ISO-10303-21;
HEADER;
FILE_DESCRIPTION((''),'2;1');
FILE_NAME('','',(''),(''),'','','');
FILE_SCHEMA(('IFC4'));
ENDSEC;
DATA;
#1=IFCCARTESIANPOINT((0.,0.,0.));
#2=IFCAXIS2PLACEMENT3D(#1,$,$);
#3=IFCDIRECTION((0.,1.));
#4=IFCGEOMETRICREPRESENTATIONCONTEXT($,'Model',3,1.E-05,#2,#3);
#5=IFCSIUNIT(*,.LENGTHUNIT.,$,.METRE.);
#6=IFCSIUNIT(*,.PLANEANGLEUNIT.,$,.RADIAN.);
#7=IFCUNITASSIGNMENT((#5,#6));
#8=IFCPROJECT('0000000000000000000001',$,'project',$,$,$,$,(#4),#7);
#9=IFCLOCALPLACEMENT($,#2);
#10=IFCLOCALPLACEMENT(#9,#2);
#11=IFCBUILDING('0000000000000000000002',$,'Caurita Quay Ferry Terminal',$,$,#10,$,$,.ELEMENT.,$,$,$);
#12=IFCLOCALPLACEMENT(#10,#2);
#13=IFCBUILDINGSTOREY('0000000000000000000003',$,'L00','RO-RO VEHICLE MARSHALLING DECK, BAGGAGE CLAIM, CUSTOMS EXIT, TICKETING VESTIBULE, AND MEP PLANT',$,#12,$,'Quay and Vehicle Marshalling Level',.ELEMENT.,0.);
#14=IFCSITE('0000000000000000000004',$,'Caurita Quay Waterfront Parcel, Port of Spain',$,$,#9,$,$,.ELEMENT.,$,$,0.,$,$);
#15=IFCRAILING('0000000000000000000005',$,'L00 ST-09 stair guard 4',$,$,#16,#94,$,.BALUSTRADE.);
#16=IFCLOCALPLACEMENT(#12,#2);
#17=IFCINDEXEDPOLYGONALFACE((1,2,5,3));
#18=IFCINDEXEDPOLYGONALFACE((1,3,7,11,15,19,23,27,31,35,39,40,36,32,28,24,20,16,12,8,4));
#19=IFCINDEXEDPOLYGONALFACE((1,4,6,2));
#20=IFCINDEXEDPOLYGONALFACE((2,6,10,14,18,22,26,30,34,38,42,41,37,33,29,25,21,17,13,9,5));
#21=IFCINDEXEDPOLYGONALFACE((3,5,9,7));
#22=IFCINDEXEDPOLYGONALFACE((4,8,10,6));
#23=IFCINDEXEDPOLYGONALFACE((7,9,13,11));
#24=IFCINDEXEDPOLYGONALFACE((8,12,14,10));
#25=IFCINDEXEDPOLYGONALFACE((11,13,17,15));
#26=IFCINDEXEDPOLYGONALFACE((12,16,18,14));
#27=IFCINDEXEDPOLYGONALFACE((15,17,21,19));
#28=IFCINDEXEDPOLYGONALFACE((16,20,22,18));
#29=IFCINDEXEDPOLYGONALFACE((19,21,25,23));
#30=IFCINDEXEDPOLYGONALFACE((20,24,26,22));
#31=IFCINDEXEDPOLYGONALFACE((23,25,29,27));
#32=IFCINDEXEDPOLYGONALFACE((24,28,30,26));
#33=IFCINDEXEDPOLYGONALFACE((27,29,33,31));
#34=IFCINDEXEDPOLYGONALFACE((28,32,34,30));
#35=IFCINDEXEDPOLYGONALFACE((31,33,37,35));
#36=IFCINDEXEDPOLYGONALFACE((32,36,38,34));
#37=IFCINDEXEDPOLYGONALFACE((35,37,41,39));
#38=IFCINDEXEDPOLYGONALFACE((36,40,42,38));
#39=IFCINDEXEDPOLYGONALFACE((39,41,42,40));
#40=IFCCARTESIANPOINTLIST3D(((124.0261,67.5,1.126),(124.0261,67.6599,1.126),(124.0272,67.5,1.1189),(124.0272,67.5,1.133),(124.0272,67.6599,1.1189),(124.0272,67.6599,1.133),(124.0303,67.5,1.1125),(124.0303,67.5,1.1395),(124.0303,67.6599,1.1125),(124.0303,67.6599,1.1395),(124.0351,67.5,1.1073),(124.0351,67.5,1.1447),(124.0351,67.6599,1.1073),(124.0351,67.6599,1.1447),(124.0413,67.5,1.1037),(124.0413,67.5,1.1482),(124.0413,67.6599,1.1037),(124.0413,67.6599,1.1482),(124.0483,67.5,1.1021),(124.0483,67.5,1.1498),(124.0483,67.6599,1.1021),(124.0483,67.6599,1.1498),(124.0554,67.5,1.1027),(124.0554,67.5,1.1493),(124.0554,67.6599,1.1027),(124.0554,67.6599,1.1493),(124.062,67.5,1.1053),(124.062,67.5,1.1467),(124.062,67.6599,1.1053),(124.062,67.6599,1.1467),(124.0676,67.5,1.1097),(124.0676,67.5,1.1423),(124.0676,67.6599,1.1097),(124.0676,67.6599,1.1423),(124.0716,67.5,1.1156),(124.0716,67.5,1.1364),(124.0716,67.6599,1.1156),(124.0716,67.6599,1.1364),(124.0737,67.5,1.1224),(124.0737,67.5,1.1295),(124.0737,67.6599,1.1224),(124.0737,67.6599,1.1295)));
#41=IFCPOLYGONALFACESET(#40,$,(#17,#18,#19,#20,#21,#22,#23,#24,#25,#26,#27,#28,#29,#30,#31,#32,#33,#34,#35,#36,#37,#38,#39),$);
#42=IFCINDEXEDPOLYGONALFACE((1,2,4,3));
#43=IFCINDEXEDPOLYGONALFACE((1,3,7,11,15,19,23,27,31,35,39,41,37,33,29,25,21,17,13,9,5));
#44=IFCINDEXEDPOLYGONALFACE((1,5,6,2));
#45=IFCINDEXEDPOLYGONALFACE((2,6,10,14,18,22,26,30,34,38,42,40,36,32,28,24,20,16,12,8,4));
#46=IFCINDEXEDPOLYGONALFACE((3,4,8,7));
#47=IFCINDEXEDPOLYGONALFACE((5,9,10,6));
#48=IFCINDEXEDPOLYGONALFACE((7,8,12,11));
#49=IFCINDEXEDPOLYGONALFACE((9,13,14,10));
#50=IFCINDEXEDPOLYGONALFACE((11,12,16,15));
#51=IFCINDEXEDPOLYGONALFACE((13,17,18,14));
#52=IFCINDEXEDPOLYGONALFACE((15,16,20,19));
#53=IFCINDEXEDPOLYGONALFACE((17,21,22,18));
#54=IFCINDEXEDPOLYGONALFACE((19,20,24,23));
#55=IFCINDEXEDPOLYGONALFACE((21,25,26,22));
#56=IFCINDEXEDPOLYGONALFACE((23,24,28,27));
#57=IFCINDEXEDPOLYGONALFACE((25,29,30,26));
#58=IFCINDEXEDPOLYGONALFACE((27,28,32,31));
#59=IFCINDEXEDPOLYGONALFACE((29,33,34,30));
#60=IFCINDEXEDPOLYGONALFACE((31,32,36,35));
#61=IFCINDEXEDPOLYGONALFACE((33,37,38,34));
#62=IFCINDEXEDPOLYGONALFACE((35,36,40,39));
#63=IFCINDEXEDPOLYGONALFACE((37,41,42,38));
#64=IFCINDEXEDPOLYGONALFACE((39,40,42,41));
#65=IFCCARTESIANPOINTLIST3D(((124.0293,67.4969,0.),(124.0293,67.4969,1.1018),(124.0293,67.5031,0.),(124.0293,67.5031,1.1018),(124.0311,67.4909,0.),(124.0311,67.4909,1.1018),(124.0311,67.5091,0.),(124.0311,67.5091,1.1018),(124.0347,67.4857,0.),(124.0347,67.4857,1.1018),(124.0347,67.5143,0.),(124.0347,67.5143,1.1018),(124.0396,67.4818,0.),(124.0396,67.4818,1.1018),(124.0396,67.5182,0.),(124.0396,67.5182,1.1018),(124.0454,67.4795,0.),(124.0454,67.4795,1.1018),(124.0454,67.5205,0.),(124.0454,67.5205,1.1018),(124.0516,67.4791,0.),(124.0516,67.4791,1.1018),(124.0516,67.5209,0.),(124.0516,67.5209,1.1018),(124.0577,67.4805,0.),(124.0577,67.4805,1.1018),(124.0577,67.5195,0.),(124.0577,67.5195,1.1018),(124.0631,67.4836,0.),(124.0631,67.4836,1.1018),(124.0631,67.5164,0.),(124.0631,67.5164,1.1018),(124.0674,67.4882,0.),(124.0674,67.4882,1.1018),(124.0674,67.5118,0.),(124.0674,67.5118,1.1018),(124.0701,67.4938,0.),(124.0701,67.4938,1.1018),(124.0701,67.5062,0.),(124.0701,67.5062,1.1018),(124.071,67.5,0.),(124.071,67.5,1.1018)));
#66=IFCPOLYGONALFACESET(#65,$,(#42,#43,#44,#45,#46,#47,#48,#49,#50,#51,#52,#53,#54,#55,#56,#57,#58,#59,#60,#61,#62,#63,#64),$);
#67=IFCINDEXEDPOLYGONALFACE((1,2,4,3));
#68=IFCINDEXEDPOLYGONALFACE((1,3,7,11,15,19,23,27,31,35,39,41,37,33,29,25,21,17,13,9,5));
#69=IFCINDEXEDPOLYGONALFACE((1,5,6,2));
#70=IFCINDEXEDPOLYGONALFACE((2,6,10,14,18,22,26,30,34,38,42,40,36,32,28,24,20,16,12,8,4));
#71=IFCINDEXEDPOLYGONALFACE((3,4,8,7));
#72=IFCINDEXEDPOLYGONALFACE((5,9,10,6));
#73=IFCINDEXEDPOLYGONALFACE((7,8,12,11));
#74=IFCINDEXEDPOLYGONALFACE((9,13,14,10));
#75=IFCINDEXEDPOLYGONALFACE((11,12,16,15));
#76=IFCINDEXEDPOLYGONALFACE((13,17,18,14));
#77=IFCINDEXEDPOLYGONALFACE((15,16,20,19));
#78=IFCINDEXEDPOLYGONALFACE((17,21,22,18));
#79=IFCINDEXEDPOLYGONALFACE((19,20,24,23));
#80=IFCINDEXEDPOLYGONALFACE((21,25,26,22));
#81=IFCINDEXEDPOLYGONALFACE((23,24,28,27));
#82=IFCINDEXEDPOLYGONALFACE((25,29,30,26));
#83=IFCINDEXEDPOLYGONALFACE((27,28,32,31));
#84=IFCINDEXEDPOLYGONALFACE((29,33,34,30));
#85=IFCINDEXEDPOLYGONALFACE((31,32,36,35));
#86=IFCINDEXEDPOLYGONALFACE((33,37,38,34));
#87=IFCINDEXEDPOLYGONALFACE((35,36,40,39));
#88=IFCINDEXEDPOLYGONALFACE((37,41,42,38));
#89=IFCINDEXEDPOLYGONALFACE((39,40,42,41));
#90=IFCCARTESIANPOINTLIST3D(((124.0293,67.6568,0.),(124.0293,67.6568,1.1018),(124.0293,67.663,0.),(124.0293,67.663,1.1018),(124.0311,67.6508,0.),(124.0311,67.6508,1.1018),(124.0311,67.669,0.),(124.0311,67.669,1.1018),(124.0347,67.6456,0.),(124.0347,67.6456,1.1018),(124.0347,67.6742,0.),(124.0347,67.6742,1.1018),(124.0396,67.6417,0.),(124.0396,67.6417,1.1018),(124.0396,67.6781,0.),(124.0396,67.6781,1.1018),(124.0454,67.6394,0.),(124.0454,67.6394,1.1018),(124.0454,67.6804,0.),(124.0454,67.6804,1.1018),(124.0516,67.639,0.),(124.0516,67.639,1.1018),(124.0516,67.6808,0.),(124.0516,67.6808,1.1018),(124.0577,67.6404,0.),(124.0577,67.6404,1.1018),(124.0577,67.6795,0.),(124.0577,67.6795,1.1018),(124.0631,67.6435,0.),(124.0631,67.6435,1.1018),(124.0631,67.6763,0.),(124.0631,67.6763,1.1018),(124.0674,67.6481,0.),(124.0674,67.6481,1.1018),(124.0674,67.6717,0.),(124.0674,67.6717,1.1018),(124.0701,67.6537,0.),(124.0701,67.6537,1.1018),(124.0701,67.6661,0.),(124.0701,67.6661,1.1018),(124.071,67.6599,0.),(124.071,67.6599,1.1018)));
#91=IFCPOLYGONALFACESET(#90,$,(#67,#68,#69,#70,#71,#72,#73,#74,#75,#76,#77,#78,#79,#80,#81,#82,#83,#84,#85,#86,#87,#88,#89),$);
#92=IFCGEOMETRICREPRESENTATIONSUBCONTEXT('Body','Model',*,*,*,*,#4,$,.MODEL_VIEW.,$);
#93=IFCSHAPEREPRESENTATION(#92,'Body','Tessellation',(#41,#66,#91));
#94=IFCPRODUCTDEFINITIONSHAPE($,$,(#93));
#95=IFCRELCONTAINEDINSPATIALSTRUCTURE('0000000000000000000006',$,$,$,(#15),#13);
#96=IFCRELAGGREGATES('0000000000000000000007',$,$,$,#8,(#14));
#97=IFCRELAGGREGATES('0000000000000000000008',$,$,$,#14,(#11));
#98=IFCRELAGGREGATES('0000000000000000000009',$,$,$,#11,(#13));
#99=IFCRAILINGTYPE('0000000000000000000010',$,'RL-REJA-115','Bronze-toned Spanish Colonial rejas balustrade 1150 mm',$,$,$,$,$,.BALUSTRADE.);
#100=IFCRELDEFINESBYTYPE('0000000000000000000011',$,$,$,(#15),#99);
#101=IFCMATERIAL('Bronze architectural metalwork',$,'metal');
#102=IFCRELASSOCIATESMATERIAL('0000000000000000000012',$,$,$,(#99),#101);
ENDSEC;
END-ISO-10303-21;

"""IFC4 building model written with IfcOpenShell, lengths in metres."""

from ifc_helpers import new_model, si_unit, direction, frame, origin, origin_2d, place, context, subcontext, project, spatial, circle, extrude, material, type_object, element, save


model = new_model("IFC4")

# Units and contexts
model_context = context("Model", 3, precision=1e-05, world=origin(), true_north=direction((0.0, 1.0)))
body_context = subcontext(model_context, "Body", "Model", "MODEL_VIEW")
ifc_project = project(units=[si_unit("LENGTHUNIT", "METRE"), si_unit("PLANEANGLEUNIT", "RADIAN")], contexts=[model_context])

# Site, building, storey
site_placement = place(None, origin())
site = spatial("IfcSite", under=ifc_project, at=site_placement, Name="Caurita Quay Waterfront Parcel, Port of Spain", CompositionType="ELEMENT", RefElevation=0.0)
building_placement = place(site_placement, origin())
building = spatial("IfcBuilding", under=site, at=building_placement, Name="Caurita Quay Ferry Terminal", CompositionType="ELEMENT")
storey_placement = place(building_placement, origin())
storey = spatial("IfcBuildingStorey", under=building, at=storey_placement, Name="L00", Description="RO-RO VEHICLE MARSHALLING DECK, BAGGAGE CLAIM, CUSTOMS EXIT, TICKETING VESTIBULE, AND MEP PLANT", LongName="Quay and Vehicle Marshalling Level", CompositionType="ELEMENT", Elevation=0.0)

# Railing
ifc_material_1 = material(Name="Bronze architectural metalwork", Category="metal")
railing_type_1 = type_object("IfcRailingType", Name="RL-REJA-115", Description="Bronze-toned Spanish Colonial rejas balustrade 1150 mm", PredefinedType="BALUSTRADE", material=ifc_material_1)
railing_1_placement = place(storey_placement, frame((124.05, 67.5, 0.0)))
element("IfcRailing", 1, at=railing_1_placement, inside=storey, type_object=railing_type_1, Name="L00 ST-09 stair guard 4", PredefinedType="BALUSTRADE", context=body_context, shape_type="SweptSolid", body=[
    extrude(circle(Radius=0.0239, at=origin_2d()), frame((0.0, 0.0, 1.126), z_axis=(0.0, 1.0, 0.0), x_axis=(-1.0, 0.0, 0.0)), (0.0, 0.0, 1.0), 0.1599),
    extrude(circle(Radius=0.021, at=origin_2d()), origin(), (0.0, 0.0, 1.0), 1.1018),
    extrude(circle(Radius=0.021, at=origin_2d()), frame((0.0, 0.1599, 0.0)), (0.0, 0.0, 1.0), 1.1018),
])

save(model, "model.ifc")
